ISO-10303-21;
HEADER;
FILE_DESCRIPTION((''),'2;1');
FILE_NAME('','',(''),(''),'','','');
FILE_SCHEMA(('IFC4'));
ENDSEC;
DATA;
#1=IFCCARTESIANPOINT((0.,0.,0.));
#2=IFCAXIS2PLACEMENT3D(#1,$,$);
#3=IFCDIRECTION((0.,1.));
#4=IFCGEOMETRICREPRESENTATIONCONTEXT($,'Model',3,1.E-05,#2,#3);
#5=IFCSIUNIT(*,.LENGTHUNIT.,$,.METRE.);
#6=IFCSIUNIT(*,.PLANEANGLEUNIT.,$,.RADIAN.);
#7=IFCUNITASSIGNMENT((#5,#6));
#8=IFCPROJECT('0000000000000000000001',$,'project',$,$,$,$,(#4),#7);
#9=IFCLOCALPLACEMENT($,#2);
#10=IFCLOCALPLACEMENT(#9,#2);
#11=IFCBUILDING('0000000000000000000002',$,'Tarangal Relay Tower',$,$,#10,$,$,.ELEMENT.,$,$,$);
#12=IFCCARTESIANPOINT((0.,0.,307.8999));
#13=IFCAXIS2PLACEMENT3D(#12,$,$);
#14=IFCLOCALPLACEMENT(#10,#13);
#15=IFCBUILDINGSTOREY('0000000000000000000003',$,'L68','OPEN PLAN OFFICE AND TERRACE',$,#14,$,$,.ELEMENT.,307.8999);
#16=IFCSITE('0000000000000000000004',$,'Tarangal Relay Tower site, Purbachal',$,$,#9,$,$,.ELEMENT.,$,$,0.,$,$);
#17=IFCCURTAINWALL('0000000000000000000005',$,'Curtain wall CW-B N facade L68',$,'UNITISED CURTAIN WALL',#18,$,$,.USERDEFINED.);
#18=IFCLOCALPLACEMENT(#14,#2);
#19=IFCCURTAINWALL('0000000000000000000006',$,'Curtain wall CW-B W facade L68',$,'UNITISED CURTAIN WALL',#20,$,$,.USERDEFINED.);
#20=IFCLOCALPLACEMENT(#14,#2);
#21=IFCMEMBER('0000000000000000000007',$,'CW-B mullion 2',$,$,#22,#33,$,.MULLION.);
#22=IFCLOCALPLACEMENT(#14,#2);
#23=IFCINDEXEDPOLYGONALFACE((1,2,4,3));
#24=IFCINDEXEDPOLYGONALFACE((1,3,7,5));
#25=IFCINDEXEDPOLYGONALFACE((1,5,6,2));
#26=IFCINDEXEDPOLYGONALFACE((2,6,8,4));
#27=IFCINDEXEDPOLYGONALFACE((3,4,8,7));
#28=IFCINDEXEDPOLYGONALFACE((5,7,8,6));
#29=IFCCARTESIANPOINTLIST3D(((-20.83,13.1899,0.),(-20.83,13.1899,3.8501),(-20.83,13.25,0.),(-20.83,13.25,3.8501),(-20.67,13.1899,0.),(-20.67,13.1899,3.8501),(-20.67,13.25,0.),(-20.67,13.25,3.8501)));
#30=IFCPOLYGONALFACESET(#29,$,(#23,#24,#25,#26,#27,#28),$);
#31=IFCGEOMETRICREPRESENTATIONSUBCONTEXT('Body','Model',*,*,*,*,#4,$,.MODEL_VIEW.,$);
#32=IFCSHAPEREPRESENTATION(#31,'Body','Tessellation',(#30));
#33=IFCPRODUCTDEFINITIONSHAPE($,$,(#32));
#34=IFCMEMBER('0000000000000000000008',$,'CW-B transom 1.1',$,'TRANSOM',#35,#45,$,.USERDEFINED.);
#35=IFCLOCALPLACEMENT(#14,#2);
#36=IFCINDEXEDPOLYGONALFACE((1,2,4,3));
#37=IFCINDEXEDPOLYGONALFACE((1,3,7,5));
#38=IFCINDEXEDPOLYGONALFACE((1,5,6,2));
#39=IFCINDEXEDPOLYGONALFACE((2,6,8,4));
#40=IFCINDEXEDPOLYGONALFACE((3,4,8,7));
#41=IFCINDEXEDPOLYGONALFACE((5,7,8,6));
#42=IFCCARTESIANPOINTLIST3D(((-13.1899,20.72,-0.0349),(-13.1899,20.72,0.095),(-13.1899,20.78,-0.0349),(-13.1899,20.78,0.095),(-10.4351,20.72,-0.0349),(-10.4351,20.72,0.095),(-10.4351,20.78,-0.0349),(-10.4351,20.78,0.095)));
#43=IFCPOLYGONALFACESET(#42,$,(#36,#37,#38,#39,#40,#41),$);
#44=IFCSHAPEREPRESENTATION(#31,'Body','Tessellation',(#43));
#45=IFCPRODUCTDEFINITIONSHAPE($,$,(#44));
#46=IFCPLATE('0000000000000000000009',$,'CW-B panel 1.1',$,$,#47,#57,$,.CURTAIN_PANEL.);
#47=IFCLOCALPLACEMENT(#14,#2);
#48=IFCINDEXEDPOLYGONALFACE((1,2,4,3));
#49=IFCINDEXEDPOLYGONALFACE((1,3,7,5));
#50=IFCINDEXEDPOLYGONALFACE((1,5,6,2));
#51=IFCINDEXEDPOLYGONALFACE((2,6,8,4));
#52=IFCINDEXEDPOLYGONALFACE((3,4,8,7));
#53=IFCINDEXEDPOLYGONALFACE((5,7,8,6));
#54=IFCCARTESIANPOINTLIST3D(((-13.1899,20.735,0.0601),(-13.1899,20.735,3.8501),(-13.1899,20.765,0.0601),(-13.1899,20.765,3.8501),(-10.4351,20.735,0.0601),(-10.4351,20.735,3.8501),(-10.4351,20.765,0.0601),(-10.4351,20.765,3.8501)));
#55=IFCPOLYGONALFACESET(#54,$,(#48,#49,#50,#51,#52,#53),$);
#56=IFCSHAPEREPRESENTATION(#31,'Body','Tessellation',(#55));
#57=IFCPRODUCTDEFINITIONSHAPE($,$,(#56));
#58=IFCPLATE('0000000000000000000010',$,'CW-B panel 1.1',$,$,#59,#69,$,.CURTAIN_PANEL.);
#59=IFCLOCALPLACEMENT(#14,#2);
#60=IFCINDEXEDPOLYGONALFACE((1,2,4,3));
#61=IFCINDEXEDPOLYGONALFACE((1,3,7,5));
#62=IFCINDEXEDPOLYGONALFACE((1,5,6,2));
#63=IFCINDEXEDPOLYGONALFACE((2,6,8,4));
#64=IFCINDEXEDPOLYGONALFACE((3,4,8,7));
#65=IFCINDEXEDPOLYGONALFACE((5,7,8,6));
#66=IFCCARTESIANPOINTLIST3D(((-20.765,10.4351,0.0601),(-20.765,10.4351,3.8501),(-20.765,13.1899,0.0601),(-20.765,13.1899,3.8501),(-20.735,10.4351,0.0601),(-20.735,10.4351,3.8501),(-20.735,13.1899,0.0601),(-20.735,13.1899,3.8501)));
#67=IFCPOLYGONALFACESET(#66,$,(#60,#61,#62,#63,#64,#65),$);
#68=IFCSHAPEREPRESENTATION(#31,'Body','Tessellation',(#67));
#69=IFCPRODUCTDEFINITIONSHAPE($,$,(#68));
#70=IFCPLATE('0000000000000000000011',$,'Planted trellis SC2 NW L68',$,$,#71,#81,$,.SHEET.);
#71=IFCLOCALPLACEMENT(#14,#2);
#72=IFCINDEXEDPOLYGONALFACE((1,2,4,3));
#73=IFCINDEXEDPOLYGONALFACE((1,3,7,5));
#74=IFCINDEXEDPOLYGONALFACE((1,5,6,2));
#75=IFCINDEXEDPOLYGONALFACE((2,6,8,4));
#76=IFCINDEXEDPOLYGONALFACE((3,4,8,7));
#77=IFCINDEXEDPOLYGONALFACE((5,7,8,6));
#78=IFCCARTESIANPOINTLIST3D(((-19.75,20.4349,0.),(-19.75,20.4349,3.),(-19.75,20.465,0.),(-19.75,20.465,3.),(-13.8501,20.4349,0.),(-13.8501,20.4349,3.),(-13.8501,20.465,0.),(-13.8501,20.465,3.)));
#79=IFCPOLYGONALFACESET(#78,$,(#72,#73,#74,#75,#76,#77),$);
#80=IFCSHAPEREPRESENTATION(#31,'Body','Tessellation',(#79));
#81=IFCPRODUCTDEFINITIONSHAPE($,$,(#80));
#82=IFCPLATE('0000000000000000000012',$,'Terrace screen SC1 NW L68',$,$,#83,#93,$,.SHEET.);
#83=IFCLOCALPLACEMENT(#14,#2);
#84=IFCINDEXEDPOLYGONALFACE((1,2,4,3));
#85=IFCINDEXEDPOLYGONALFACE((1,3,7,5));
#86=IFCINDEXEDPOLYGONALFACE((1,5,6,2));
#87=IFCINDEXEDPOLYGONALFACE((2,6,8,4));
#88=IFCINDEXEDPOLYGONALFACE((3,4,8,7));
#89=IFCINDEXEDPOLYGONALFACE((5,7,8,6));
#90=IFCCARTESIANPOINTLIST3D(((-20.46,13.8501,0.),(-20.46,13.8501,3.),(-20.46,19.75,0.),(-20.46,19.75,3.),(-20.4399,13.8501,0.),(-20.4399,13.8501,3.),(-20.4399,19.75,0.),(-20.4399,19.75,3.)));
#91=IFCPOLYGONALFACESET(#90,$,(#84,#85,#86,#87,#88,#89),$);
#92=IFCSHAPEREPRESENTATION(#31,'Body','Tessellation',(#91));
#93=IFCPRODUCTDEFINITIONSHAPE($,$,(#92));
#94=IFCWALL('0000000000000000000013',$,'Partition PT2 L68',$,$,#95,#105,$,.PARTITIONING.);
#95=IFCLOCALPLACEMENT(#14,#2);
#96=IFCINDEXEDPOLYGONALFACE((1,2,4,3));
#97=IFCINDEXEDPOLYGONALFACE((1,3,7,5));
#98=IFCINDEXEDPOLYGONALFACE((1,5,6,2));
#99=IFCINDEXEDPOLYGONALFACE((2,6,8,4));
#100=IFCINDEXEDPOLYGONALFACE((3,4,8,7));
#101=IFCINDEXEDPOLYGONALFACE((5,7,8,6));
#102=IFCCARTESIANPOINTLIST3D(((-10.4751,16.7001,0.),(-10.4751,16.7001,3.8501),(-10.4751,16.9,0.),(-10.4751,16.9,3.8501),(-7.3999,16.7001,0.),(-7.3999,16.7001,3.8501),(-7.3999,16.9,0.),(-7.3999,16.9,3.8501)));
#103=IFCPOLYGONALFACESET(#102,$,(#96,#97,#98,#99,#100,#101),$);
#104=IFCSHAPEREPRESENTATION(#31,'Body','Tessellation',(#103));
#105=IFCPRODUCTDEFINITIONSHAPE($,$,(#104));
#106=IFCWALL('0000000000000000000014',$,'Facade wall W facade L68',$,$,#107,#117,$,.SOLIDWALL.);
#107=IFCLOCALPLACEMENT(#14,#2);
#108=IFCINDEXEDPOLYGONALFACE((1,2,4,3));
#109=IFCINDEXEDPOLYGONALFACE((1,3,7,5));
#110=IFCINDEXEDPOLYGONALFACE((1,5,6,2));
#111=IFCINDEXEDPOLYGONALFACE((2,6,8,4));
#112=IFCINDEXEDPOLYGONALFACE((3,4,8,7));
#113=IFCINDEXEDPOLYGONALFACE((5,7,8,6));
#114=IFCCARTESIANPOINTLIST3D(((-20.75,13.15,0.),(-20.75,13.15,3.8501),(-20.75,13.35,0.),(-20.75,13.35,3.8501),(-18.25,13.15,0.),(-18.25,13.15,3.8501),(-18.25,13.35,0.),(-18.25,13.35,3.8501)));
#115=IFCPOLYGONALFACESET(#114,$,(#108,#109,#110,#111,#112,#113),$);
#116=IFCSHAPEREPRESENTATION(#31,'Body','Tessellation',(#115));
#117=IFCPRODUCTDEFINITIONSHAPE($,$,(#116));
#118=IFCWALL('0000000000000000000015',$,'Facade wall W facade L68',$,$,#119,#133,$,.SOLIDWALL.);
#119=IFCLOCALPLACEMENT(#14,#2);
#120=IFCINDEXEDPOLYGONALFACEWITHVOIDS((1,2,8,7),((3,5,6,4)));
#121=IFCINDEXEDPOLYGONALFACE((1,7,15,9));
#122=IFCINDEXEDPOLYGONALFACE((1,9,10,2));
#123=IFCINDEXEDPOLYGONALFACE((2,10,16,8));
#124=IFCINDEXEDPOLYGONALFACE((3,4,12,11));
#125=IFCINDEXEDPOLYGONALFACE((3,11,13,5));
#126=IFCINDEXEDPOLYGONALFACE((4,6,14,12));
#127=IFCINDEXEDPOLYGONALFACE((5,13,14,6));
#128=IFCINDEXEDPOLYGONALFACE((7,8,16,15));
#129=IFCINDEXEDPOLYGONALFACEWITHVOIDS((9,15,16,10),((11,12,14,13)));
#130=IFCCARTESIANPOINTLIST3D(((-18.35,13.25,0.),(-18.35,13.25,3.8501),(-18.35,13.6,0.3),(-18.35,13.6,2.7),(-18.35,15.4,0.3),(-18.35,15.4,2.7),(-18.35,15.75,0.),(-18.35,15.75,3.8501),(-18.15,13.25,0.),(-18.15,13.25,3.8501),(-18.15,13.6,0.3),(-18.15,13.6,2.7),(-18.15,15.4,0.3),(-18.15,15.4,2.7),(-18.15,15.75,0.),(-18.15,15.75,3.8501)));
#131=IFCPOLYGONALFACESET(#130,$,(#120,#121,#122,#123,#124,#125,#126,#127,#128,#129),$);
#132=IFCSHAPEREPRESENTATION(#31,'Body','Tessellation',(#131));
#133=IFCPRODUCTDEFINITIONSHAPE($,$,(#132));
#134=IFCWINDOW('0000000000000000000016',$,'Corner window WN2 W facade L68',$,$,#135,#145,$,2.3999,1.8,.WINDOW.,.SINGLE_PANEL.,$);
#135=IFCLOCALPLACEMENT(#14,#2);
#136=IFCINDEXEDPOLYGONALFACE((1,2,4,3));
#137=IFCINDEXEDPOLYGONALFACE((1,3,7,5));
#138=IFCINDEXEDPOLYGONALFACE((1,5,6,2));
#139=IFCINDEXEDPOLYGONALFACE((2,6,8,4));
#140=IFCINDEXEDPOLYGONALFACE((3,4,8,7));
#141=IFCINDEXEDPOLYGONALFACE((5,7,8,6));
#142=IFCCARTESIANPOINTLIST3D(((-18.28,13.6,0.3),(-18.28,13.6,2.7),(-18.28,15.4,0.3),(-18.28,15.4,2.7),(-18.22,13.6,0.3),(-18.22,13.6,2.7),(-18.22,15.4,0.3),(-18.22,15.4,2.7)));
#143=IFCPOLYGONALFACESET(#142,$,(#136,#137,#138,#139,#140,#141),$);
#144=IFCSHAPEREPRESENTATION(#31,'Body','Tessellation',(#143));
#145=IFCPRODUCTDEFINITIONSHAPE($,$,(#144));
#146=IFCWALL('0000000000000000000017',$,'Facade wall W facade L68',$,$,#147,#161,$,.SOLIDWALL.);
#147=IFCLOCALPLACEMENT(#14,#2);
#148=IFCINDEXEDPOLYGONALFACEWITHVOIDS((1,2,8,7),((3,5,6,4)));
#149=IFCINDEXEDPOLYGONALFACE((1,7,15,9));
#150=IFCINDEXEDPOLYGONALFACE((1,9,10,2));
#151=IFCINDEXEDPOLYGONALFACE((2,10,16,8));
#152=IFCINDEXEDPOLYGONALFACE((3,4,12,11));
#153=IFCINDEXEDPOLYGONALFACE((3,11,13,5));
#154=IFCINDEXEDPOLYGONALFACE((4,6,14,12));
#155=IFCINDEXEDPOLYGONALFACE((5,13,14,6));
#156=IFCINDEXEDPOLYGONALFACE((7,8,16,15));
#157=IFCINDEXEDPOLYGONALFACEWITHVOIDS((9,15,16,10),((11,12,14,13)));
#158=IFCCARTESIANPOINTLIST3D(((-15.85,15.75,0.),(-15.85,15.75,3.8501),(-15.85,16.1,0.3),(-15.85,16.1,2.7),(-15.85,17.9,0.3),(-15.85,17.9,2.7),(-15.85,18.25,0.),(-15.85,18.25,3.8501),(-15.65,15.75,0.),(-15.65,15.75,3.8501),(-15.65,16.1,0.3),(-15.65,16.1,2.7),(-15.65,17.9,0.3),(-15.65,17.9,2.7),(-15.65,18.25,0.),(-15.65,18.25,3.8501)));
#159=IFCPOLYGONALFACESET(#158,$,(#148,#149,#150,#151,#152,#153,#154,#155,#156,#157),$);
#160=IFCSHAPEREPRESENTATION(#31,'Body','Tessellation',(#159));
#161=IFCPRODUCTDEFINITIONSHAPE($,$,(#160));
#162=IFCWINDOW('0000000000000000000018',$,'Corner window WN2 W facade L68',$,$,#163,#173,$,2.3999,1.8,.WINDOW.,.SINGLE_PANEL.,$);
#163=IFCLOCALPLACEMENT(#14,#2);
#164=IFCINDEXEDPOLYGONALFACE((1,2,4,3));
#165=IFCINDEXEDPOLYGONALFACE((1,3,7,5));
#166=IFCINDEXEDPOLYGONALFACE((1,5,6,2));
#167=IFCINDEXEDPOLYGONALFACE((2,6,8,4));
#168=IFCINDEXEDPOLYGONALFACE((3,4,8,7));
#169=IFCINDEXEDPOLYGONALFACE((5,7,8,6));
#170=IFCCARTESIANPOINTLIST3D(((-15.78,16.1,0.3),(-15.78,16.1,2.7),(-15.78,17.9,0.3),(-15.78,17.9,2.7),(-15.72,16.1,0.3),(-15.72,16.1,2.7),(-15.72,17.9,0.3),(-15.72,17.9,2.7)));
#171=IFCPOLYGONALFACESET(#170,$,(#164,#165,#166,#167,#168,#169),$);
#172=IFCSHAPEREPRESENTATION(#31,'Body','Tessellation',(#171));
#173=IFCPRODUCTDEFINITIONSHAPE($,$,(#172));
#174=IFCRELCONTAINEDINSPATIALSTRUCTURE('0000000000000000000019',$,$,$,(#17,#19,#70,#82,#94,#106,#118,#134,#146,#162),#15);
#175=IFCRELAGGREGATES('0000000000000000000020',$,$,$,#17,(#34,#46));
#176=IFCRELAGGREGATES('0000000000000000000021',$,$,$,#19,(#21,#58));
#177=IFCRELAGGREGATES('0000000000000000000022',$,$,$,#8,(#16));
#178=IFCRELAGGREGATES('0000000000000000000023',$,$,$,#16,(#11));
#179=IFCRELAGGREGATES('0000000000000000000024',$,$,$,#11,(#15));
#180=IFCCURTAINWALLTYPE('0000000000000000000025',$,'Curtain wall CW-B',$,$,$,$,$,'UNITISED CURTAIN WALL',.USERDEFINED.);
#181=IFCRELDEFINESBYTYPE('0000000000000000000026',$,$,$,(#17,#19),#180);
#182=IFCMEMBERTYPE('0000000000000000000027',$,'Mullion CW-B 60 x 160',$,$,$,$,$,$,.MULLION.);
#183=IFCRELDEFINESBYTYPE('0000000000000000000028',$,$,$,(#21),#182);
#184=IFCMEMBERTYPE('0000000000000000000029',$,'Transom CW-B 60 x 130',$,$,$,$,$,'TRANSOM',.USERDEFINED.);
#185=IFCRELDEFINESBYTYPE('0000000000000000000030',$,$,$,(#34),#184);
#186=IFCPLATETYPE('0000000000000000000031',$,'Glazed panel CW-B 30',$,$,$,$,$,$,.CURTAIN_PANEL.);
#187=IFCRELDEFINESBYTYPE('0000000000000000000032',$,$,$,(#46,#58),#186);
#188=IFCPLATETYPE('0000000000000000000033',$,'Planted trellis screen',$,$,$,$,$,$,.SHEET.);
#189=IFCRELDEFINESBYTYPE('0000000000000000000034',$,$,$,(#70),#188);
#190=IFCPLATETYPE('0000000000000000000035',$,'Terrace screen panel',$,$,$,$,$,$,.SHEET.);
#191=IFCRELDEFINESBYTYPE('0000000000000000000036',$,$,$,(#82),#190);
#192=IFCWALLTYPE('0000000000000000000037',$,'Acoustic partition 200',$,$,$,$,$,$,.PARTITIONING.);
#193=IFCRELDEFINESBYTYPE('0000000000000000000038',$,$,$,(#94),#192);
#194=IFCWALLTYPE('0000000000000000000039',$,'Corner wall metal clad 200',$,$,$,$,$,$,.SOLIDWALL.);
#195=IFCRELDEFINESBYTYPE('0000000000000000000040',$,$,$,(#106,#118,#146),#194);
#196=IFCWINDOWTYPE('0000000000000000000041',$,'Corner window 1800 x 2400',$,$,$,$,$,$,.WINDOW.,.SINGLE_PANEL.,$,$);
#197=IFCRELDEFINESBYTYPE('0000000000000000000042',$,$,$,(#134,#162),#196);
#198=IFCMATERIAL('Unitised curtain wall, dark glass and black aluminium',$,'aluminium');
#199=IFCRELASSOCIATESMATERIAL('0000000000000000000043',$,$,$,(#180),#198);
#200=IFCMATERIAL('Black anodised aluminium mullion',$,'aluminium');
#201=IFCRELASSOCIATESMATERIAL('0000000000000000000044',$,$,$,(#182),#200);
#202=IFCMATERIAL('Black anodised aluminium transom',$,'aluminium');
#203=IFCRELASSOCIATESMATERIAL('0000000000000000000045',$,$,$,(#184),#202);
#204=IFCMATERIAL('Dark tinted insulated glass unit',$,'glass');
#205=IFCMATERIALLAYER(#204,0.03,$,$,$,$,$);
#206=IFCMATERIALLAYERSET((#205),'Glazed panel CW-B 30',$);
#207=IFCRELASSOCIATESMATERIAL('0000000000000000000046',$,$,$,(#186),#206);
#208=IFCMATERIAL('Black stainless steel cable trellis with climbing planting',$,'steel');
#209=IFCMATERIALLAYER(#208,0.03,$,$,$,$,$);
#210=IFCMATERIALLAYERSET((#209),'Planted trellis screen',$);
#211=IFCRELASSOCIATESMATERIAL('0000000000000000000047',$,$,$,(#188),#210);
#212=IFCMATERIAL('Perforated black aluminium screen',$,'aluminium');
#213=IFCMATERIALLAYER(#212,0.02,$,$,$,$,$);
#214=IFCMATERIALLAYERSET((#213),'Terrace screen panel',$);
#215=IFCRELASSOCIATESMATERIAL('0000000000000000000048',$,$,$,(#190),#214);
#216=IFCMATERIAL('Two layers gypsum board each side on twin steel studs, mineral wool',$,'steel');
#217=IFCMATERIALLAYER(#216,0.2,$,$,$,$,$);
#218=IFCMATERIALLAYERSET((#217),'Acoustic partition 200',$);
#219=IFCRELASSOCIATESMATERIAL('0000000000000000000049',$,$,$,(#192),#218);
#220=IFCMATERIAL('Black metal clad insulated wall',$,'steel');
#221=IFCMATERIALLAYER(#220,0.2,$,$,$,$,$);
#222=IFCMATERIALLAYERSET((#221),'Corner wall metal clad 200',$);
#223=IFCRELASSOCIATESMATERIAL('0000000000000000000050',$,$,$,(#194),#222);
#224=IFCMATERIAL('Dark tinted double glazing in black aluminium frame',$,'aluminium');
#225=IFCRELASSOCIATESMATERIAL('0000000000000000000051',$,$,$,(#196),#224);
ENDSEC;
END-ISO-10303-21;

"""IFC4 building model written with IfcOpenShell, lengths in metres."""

from ifc_helpers import new_model, si_unit, direction, frame, frame_2d, origin, origin_2d, place, context, subcontext, project, spatial, rectangle, extrude, material, layer, layer_set, material_profile, profile_set, type_object, element, fill, aggregate, save


model = new_model("IFC4")

# Units and contexts
model_context = context("Model", 3, precision=1e-05, world=origin(), true_north=direction((0.0, 1.0)))
body_context = subcontext(model_context, "Body", "Model", "MODEL_VIEW")
ifc_project = project(units=[si_unit("LENGTHUNIT", "METRE"), si_unit("PLANEANGLEUNIT", "RADIAN")], contexts=[model_context])

# Site, building, storey
site_placement = place(None, origin())
site = spatial("IfcSite", under=ifc_project, at=site_placement, Name="Tarangal Relay Tower site, Purbachal", CompositionType="ELEMENT", RefElevation=0.0)
building_placement = place(site_placement, origin())
building = spatial("IfcBuilding", under=site, at=building_placement, Name="Tarangal Relay Tower", CompositionType="ELEMENT")
storey_placement = place(building_placement, frame((0.0, 0.0, 307.8999)))
storey = spatial("IfcBuildingStorey", under=building, at=storey_placement, Name="L68", Description="OPEN PLAN OFFICE AND TERRACE", CompositionType="ELEMENT", Elevation=307.8999)

# Curtain wall
ifc_material_1 = material(Name="Unitised curtain wall, dark glass and black aluminium", Category="aluminium")
curtain_wall_type = type_object("IfcCurtainWallType", Name="Curtain wall CW-B", ElementType="UNITISED CURTAIN WALL", PredefinedType="USERDEFINED", material=ifc_material_1)
curtain_wall_1_placement = place(storey_placement, origin())
curtain_wall_1 = element("IfcCurtainWall", 1, at=curtain_wall_1_placement, inside=storey, type_object=curtain_wall_type, Name="Curtain wall CW-B N facade L68", ObjectType="UNITISED CURTAIN WALL", PredefinedType="USERDEFINED")
ifc_material_2 = material(Name="Black anodised aluminium mullion", Category="aluminium")
ifc_material_profile_1 = material_profile(ifc_material_2, rectangle(XDim=0.1599, YDim=0.0601, at=origin_2d()), Name="CW-BM 60X160")
ifc_profile_set_1 = profile_set([ifc_material_profile_1], Name="Black anodised aluminium mullion")
member_type_1 = type_object("IfcMemberType", Name="Mullion CW-B 60 x 160", PredefinedType="MULLION", material=ifc_profile_set_1)

# Curtain wall, member
curtain_wall_2_placement = place(storey_placement, origin())
curtain_wall_2 = element("IfcCurtainWall", 2, at=curtain_wall_2_placement, inside=storey, type_object=curtain_wall_type, Name="Curtain wall CW-B W facade L68", ObjectType="UNITISED CURTAIN WALL", PredefinedType="USERDEFINED")
member_1_placement = place(storey_placement, frame((-20.75, 13.22, 0.0), z_axis=(0.0, 0.0, 1.0), x_axis=(-1.0, 0.0, 0.0)))
member_1 = element("IfcMember", 3, at=member_1_placement, type_object=member_type_1, Name="CW-B mullion 2", PredefinedType="MULLION", context=body_context, shape_type="SweptSolid", body=[
    extrude(rectangle(XDim=0.1599, YDim=0.0601, at=origin_2d()), origin(), (0.0, 0.0, 1.0), 3.8501),
])

# Member
ifc_material_3 = material(Name="Black anodised aluminium transom", Category="aluminium")
ifc_material_profile_2 = material_profile(ifc_material_3, rectangle(XDim=0.0601, YDim=0.1299, at=origin_2d()), Name="CW-BT 60X130")
ifc_profile_set_2 = profile_set([ifc_material_profile_2], Name="Black anodised aluminium transom")
member_type_2 = type_object("IfcMemberType", Name="Transom CW-B 60 x 130", ElementType="TRANSOM", PredefinedType="USERDEFINED", material=ifc_profile_set_2)
member_2_placement = place(storey_placement, frame((-13.1899, 20.75, 0.03), z_axis=(1.0, 0.0, 0.0), x_axis=(0.0, 1.0, 0.0)))
member_2 = element("IfcMember", 4, at=member_2_placement, type_object=member_type_2, Name="CW-B transom 1.1", ObjectType="TRANSOM", PredefinedType="USERDEFINED", context=body_context, shape_type="SweptSolid", body=[
    extrude(rectangle(XDim=0.0601, YDim=0.1299, at=origin_2d()), origin(), (0.0, 0.0, 1.0), 2.7549),
])

# Plates
ifc_material_4 = material(Name="Dark tinted insulated glass unit", Category="glass")
ifc_layer_1 = layer(ifc_material_4, 0.03)
ifc_layer_set_1 = layer_set([ifc_layer_1], Name="Glazed panel CW-B 30")
plate_type_1 = type_object("IfcPlateType", Name="Glazed panel CW-B 30", PredefinedType="CURTAIN_PANEL", material=ifc_layer_set_1)
plate_1_placement = place(storey_placement, frame((-11.8125, 20.75, 0.0601), z_axis=(0.0, 0.0, 1.0), x_axis=(1.0, 0.0, 0.0)))
plate_1 = element("IfcPlate", 5, at=plate_1_placement, type_object=plate_type_1, Name="CW-B panel 1.1", PredefinedType="CURTAIN_PANEL", context=body_context, shape_type="SweptSolid", body=[
    extrude(rectangle(XDim=2.7549, YDim=0.03, at=origin_2d()), origin(), (0.0, 0.0, 1.0), 3.79),
])
aggregate(curtain_wall_1, [member_2, plate_1])
plate_2_placement = place(storey_placement, frame((-20.75, 11.8125, 0.0601), z_axis=(0.0, 0.0, 1.0), x_axis=(0.0, 1.0, 0.0)))
plate_2 = element("IfcPlate", 6, at=plate_2_placement, type_object=plate_type_1, Name="CW-B panel 1.1", PredefinedType="CURTAIN_PANEL", context=body_context, shape_type="SweptSolid", body=[
    extrude(rectangle(XDim=2.7549, YDim=0.03, at=origin_2d()), origin(), (0.0, 0.0, 1.0), 3.79),
])
aggregate(curtain_wall_2, [member_1, plate_2])

# Plates
ifc_material_5 = material(Name="Black stainless steel cable trellis with climbing planting", Category="steel")
ifc_layer_2 = layer(ifc_material_5, 0.03)
ifc_layer_set_2 = layer_set([ifc_layer_2], Name="Planted trellis screen")
plate_type_2 = type_object("IfcPlateType", Name="Planted trellis screen", PredefinedType="SHEET", material=ifc_layer_set_2)
plate_3_placement = place(storey_placement, frame((-16.8, 20.45, 0.0), z_axis=(0.0, 0.0, 1.0), x_axis=(1.0, 0.0, 0.0)))
element("IfcPlate", 7, at=plate_3_placement, inside=storey, type_object=plate_type_2, Name="Planted trellis SC2 NW L68", PredefinedType="SHEET", context=body_context, shape_type="SweptSolid", body=[
    extrude(rectangle(XDim=5.8999, YDim=0.03, at=origin_2d()), origin(), (0.0, 0.0, 1.0), 3.0),
])
ifc_material_6 = material(Name="Perforated black aluminium screen", Category="aluminium")
ifc_layer_3 = layer(ifc_material_6, 0.02)
ifc_layer_set_3 = layer_set([ifc_layer_3], Name="Terrace screen panel")
plate_type_3 = type_object("IfcPlateType", Name="Terrace screen panel", PredefinedType="SHEET", material=ifc_layer_set_3)
plate_4_placement = place(storey_placement, frame((-20.45, 16.8, 0.0), z_axis=(0.0, 0.0, 1.0), x_axis=(0.0, 1.0, 0.0)))
element("IfcPlate", 8, at=plate_4_placement, inside=storey, type_object=plate_type_3, Name="Terrace screen SC1 NW L68", PredefinedType="SHEET", context=body_context, shape_type="SweptSolid", body=[
    extrude(rectangle(XDim=5.8999, YDim=0.02, at=origin_2d()), origin(), (0.0, 0.0, 1.0), 3.0),
])

# Wall
ifc_material_7 = material(Name="Two layers gypsum board each side on twin steel studs, mineral wool", Category="steel")
ifc_layer_4 = layer(ifc_material_7, 0.2)
ifc_layer_set_4 = layer_set([ifc_layer_4], Name="Acoustic partition 200")
wall_type_1 = type_object("IfcWallType", Name="Acoustic partition 200", PredefinedType="PARTITIONING", material=ifc_layer_set_4)
wall_1_placement = place(storey_placement, frame((-10.4751, 16.8, 0.0), z_axis=(0.0, 0.0, 1.0), x_axis=(1.0, 0.0, 0.0)))
element("IfcWall", 9, at=wall_1_placement, inside=storey, type_object=wall_type_1, Name="Partition PT2 L68", PredefinedType="PARTITIONING", context=body_context, shape_type="SweptSolid", body=[
    extrude(rectangle(XDim=3.0752, YDim=0.2, at=frame_2d((1.5376, 0.0))), origin(), (0.0, 0.0, 1.0), 3.8501),
])

# Wall
ifc_material_8 = material(Name="Black metal clad insulated wall", Category="steel")
ifc_layer_5 = layer(ifc_material_8, 0.2)
ifc_layer_set_5 = layer_set([ifc_layer_5], Name="Corner wall metal clad 200")
wall_type_2 = type_object("IfcWallType", Name="Corner wall metal clad 200", PredefinedType="SOLIDWALL", material=ifc_layer_set_5)
wall_2_placement = place(storey_placement, frame((-20.75, 13.25, 0.0), z_axis=(0.0, 0.0, 1.0), x_axis=(1.0, 0.0, 0.0)))
element("IfcWall", 10, at=wall_2_placement, inside=storey, type_object=wall_type_2, Name="Facade wall W facade L68", PredefinedType="SOLIDWALL", context=body_context, shape_type="SweptSolid", body=[
    extrude(rectangle(XDim=2.5, YDim=0.2, at=frame_2d((1.25, 0.0))), origin(), (0.0, 0.0, 1.0), 3.8501),
])

# Wall, opening, window
wall_3_placement = place(storey_placement, frame((-18.25, 13.25, 0.0), z_axis=(0.0, 0.0, 1.0), x_axis=(0.0, 1.0, 0.0)))
wall_3 = element("IfcWall", 11, at=wall_3_placement, inside=storey, type_object=wall_type_2, Name="Facade wall W facade L68", PredefinedType="SOLIDWALL", context=body_context, shape_type="SweptSolid", body=[
    extrude(rectangle(XDim=2.5, YDim=0.2, at=frame_2d((1.25, 0.0))), origin(), (0.0, 0.0, 1.0), 3.8501),
])
opening_1_placement = place(wall_3_placement, frame((0.3501, 0.0, 0.3)))
opening_1 = element("IfcOpeningElement", 12, at=opening_1_placement, cuts=wall_3, PredefinedType="OPENING", context=body_context, shape_type="SweptSolid", body=[
    extrude(rectangle(XDim=1.8, YDim=2.3999, at=frame_2d((0.8999, 1.2))), frame((0.0, 0.1099, 0.0), z_axis=(0.0, -1.0, 0.0), x_axis=(1.0, 0.0, 0.0)), (0.0, 0.0, 1.0), 0.22),
])
ifc_material_9 = material(Name="Dark tinted double glazing in black aluminium frame", Category="aluminium")
window_type = type_object("IfcWindowType", Name="Corner window 1800 x 2400", PartitioningType="SINGLE_PANEL", PredefinedType="WINDOW", material=ifc_material_9)
window_1_placement = place(opening_1_placement, origin())
window_1 = element("IfcWindow", 13, at=window_1_placement, inside=storey, type_object=window_type, Name="Corner window WN2 W facade L68", OverallHeight=2.3999, OverallWidth=1.8, PartitioningType="SINGLE_PANEL", PredefinedType="WINDOW", context=body_context, shape_type="SweptSolid", body=[
    extrude(rectangle(XDim=1.8, YDim=2.3999, at=frame_2d((0.8999, 1.2))), frame((0.0, 0.03, 0.0), z_axis=(0.0, -1.0, 0.0), x_axis=(1.0, 0.0, 0.0)), (0.0, 0.0, 1.0), 0.0601),
])
fill(opening_1, window_1)

# Wall, opening, window
wall_4_placement = place(storey_placement, frame((-15.75, 15.75, 0.0), z_axis=(0.0, 0.0, 1.0), x_axis=(0.0, 1.0, 0.0)))
wall_4 = element("IfcWall", 14, at=wall_4_placement, inside=storey, type_object=wall_type_2, Name="Facade wall W facade L68", PredefinedType="SOLIDWALL", context=body_context, shape_type="SweptSolid", body=[
    extrude(rectangle(XDim=2.5, YDim=0.2, at=frame_2d((1.25, 0.0))), origin(), (0.0, 0.0, 1.0), 3.8501),
])
opening_2_placement = place(wall_4_placement, frame((0.3501, 0.0, 0.3)))
opening_2 = element("IfcOpeningElement", 15, at=opening_2_placement, cuts=wall_4, PredefinedType="OPENING", context=body_context, shape_type="SweptSolid", body=[
    extrude(rectangle(XDim=1.8, YDim=2.3999, at=frame_2d((0.8999, 1.2))), frame((0.0, 0.1099, 0.0), z_axis=(0.0, -1.0, 0.0), x_axis=(1.0, 0.0, 0.0)), (0.0, 0.0, 1.0), 0.22),
])
window_2_placement = place(opening_2_placement, origin())
window_2 = element("IfcWindow", 16, at=window_2_placement, inside=storey, type_object=window_type, Name="Corner window WN2 W facade L68", OverallHeight=2.3999, OverallWidth=1.8, PartitioningType="SINGLE_PANEL", PredefinedType="WINDOW", context=body_context, shape_type="SweptSolid", body=[
    extrude(rectangle(XDim=1.8, YDim=2.3999, at=frame_2d((0.8999, 1.2))), frame((0.0, 0.03, 0.0), z_axis=(0.0, -1.0, 0.0), x_axis=(1.0, 0.0, 0.0)), (0.0, 0.0, 1.0), 0.0601),
])
fill(opening_2, window_2)

save(model, "model.ifc")
